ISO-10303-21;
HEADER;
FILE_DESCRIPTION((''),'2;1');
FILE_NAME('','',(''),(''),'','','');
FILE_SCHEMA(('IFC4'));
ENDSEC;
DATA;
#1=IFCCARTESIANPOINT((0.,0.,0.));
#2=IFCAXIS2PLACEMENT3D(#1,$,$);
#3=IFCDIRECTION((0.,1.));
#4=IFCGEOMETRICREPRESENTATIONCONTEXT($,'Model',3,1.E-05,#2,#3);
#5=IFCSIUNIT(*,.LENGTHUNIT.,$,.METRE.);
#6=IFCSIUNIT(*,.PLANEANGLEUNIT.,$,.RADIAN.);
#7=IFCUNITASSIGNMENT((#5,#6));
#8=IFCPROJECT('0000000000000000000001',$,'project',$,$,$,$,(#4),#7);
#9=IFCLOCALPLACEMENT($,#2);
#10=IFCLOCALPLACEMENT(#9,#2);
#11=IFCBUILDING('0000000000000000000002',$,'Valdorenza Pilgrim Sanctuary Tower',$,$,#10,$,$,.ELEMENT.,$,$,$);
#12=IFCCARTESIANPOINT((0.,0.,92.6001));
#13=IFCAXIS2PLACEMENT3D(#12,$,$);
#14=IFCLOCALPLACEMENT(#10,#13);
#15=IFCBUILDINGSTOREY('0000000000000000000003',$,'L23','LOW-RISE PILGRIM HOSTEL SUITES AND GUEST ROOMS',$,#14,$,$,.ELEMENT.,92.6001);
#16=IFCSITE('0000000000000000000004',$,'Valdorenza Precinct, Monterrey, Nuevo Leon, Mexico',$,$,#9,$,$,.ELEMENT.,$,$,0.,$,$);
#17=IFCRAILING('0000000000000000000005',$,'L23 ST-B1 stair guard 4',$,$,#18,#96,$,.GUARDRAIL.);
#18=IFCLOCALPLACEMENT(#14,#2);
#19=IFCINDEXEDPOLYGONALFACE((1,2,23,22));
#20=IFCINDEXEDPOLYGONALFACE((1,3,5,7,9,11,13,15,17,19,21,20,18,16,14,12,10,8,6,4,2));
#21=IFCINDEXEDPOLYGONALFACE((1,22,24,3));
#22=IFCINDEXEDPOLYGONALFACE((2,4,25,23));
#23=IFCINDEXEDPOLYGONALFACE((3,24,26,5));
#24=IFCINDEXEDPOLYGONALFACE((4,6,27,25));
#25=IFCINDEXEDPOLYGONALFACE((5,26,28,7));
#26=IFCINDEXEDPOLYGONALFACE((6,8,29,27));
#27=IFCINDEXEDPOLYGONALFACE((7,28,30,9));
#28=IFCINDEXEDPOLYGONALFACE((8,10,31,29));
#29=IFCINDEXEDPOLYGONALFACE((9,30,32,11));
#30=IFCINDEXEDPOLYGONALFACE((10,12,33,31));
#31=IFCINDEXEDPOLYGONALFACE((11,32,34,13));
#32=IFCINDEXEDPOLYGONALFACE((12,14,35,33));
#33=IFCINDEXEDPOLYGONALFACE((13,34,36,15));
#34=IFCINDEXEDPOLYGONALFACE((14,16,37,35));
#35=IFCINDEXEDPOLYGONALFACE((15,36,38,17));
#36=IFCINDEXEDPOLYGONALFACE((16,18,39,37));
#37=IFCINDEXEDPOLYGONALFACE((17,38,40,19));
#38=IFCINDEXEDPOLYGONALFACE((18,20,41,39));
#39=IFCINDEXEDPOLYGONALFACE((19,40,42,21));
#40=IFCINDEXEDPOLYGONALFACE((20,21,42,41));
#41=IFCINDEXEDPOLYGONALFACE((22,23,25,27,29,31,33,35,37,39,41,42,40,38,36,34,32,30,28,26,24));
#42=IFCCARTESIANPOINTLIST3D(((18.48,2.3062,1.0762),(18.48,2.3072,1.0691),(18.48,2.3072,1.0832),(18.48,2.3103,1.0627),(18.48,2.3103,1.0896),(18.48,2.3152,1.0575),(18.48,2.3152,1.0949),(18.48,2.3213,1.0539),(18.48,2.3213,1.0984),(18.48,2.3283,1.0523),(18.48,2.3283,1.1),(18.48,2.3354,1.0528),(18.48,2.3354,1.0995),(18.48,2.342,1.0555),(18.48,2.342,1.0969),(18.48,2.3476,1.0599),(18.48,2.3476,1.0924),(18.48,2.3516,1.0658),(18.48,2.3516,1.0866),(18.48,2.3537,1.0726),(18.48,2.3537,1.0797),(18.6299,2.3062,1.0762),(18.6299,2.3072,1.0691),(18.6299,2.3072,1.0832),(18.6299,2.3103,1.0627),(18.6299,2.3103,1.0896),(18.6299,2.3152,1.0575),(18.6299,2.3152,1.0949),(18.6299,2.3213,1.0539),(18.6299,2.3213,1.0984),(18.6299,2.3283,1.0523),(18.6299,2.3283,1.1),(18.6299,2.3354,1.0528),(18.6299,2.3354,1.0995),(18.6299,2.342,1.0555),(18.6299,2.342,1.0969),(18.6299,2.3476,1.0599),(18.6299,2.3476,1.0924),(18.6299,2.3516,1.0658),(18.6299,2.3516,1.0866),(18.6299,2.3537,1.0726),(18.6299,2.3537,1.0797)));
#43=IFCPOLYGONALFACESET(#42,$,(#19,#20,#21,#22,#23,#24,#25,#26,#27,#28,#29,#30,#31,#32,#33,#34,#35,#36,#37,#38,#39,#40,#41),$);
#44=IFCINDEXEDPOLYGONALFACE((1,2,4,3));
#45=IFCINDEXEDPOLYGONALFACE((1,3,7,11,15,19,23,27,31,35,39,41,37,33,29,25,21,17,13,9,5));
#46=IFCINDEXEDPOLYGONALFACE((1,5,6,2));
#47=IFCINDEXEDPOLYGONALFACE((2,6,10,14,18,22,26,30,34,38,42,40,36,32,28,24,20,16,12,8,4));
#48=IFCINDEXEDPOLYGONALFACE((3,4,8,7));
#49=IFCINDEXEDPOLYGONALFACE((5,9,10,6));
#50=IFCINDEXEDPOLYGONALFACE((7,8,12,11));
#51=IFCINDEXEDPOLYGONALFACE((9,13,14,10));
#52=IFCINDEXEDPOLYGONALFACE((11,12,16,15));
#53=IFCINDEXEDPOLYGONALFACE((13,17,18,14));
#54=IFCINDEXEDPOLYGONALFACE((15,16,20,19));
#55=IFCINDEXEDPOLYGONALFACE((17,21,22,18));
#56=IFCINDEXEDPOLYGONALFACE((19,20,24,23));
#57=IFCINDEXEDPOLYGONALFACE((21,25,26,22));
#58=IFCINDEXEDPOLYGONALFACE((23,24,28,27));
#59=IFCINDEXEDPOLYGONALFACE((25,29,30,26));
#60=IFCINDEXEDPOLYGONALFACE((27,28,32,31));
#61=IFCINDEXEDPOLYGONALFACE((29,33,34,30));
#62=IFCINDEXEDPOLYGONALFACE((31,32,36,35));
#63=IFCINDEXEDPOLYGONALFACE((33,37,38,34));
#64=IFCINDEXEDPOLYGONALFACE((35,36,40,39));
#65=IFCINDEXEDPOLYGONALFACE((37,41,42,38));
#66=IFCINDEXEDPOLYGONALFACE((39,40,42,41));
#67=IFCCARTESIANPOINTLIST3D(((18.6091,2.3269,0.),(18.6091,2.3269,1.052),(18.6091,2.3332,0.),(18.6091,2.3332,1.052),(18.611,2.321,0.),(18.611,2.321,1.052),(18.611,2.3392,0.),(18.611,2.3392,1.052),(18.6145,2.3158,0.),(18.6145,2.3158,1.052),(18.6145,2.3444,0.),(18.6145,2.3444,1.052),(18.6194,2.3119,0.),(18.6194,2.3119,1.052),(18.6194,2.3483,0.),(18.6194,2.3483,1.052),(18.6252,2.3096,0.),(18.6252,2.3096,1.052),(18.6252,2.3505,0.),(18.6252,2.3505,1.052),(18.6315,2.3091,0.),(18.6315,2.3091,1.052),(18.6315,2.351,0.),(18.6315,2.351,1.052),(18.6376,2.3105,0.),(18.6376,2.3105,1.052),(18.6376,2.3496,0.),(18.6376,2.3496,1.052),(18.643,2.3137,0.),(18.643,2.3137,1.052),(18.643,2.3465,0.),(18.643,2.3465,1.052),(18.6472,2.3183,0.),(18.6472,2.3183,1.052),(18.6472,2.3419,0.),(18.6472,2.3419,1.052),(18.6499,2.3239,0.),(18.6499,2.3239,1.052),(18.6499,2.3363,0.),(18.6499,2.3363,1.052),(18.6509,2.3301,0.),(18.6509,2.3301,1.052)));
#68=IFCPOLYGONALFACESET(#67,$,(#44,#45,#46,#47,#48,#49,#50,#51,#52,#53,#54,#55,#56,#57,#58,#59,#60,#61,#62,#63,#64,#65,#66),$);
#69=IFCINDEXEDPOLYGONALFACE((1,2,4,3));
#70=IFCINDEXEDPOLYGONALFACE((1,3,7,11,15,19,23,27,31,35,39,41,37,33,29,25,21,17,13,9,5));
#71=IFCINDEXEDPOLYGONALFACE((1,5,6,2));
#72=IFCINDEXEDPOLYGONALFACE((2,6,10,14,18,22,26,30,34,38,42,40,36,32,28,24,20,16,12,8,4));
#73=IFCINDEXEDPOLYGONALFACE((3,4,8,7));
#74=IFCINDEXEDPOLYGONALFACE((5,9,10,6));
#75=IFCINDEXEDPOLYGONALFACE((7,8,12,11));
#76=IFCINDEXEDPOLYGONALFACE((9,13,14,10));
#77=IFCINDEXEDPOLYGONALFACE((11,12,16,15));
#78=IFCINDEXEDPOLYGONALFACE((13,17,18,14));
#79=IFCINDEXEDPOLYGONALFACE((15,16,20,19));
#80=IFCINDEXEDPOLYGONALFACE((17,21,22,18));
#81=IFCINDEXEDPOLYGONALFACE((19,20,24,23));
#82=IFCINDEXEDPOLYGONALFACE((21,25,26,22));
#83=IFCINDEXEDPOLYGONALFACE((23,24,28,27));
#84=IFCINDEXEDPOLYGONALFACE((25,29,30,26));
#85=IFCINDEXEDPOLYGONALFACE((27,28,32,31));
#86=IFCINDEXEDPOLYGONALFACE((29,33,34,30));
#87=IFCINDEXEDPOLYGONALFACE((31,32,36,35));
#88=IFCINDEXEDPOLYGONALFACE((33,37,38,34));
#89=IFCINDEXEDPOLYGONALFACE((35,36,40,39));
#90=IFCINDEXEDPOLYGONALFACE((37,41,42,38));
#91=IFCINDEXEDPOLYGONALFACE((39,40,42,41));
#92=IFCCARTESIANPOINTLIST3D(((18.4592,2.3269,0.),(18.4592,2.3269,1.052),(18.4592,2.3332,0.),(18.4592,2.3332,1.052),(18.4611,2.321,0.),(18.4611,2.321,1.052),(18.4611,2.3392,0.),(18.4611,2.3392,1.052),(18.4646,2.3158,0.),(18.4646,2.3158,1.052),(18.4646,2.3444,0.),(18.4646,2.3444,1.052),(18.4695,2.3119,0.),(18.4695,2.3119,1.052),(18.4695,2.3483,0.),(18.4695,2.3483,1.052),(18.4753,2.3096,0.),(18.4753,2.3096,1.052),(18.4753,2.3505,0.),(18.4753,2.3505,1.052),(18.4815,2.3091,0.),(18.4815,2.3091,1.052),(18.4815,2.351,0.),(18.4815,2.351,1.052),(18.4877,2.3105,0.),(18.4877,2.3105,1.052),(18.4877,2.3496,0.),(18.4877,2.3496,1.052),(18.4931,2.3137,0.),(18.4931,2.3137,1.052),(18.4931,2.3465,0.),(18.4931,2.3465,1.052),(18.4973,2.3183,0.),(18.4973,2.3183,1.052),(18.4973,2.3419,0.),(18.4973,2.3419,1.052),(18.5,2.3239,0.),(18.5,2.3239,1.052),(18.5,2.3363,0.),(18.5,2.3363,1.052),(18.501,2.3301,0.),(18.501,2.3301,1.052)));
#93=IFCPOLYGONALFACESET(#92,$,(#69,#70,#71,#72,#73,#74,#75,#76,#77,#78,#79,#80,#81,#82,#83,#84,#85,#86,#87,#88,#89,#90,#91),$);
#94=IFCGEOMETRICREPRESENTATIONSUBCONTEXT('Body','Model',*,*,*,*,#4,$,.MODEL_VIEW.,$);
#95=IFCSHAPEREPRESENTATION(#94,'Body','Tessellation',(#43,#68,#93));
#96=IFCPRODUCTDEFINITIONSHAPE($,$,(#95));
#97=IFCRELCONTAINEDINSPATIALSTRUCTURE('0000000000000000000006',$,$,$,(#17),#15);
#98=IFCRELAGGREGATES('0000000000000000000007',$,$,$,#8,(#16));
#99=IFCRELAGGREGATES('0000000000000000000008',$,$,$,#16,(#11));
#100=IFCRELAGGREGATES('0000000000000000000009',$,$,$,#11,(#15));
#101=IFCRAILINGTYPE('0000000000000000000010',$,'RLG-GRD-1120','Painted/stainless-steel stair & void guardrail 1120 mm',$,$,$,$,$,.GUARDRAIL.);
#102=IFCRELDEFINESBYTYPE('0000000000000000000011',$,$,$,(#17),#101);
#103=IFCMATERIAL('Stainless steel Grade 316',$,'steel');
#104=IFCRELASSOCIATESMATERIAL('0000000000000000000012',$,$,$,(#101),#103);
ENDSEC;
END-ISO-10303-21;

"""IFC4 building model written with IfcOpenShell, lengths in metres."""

from ifc_helpers import new_model, si_unit, direction, frame, origin, origin_2d, place, context, subcontext, project, spatial, circle, extrude, material, type_object, element, save


model = new_model("IFC4")

# Units and contexts
model_context = context("Model", 3, precision=1e-05, world=origin(), true_north=direction((0.0, 1.0)))
body_context = subcontext(model_context, "Body", "Model", "MODEL_VIEW")
ifc_project = project(units=[si_unit("LENGTHUNIT", "METRE"), si_unit("PLANEANGLEUNIT", "RADIAN")], contexts=[model_context])

# Site, building, storey
site_placement = place(None, origin())
site = spatial("IfcSite", under=ifc_project, at=site_placement, Name="Valdorenza Precinct, Monterrey, Nuevo Leon, Mexico", CompositionType="ELEMENT", RefElevation=0.0)
building_placement = place(site_placement, origin())
building = spatial("IfcBuilding", under=site, at=building_placement, Name="Valdorenza Pilgrim Sanctuary Tower", CompositionType="ELEMENT")
storey_placement = place(building_placement, frame((0.0, 0.0, 92.6001)))
storey = spatial("IfcBuildingStorey", under=building, at=storey_placement, Name="L23", Description="LOW-RISE PILGRIM HOSTEL SUITES AND GUEST ROOMS", CompositionType="ELEMENT", Elevation=92.6001)

# Railing
ifc_material_1 = material(Name="Stainless steel Grade 316", Category="steel")
railing_type_1 = type_object("IfcRailingType", Name="RLG-GRD-1120", Description="Painted/stainless-steel stair & void guardrail 1120 mm", PredefinedType="GUARDRAIL", material=ifc_material_1)
railing_1_placement = place(storey_placement, frame((18.6299, 2.3301, 0.0)))
element("IfcRailing", 1, at=railing_1_placement, inside=storey, type_object=railing_type_1, Name="L23 ST-B1 stair guard 4", PredefinedType="GUARDRAIL", context=body_context, shape_type="SweptSolid", body=[
    extrude(circle(Radius=0.0239, at=origin_2d()), frame((0.0, 0.0, 1.0762), z_axis=(-1.0, 0.0, 0.0), x_axis=(0.0, -1.0, 0.0)), (0.0, 0.0, 1.0), 0.1499),
    extrude(circle(Radius=0.021, at=origin_2d()), origin(), (0.0, 0.0, 1.0), 1.052),
    extrude(circle(Radius=0.021, at=origin_2d()), frame((-0.1499, 0.0, 0.0)), (0.0, 0.0, 1.0), 1.052),
])

save(model, "model.ifc")
